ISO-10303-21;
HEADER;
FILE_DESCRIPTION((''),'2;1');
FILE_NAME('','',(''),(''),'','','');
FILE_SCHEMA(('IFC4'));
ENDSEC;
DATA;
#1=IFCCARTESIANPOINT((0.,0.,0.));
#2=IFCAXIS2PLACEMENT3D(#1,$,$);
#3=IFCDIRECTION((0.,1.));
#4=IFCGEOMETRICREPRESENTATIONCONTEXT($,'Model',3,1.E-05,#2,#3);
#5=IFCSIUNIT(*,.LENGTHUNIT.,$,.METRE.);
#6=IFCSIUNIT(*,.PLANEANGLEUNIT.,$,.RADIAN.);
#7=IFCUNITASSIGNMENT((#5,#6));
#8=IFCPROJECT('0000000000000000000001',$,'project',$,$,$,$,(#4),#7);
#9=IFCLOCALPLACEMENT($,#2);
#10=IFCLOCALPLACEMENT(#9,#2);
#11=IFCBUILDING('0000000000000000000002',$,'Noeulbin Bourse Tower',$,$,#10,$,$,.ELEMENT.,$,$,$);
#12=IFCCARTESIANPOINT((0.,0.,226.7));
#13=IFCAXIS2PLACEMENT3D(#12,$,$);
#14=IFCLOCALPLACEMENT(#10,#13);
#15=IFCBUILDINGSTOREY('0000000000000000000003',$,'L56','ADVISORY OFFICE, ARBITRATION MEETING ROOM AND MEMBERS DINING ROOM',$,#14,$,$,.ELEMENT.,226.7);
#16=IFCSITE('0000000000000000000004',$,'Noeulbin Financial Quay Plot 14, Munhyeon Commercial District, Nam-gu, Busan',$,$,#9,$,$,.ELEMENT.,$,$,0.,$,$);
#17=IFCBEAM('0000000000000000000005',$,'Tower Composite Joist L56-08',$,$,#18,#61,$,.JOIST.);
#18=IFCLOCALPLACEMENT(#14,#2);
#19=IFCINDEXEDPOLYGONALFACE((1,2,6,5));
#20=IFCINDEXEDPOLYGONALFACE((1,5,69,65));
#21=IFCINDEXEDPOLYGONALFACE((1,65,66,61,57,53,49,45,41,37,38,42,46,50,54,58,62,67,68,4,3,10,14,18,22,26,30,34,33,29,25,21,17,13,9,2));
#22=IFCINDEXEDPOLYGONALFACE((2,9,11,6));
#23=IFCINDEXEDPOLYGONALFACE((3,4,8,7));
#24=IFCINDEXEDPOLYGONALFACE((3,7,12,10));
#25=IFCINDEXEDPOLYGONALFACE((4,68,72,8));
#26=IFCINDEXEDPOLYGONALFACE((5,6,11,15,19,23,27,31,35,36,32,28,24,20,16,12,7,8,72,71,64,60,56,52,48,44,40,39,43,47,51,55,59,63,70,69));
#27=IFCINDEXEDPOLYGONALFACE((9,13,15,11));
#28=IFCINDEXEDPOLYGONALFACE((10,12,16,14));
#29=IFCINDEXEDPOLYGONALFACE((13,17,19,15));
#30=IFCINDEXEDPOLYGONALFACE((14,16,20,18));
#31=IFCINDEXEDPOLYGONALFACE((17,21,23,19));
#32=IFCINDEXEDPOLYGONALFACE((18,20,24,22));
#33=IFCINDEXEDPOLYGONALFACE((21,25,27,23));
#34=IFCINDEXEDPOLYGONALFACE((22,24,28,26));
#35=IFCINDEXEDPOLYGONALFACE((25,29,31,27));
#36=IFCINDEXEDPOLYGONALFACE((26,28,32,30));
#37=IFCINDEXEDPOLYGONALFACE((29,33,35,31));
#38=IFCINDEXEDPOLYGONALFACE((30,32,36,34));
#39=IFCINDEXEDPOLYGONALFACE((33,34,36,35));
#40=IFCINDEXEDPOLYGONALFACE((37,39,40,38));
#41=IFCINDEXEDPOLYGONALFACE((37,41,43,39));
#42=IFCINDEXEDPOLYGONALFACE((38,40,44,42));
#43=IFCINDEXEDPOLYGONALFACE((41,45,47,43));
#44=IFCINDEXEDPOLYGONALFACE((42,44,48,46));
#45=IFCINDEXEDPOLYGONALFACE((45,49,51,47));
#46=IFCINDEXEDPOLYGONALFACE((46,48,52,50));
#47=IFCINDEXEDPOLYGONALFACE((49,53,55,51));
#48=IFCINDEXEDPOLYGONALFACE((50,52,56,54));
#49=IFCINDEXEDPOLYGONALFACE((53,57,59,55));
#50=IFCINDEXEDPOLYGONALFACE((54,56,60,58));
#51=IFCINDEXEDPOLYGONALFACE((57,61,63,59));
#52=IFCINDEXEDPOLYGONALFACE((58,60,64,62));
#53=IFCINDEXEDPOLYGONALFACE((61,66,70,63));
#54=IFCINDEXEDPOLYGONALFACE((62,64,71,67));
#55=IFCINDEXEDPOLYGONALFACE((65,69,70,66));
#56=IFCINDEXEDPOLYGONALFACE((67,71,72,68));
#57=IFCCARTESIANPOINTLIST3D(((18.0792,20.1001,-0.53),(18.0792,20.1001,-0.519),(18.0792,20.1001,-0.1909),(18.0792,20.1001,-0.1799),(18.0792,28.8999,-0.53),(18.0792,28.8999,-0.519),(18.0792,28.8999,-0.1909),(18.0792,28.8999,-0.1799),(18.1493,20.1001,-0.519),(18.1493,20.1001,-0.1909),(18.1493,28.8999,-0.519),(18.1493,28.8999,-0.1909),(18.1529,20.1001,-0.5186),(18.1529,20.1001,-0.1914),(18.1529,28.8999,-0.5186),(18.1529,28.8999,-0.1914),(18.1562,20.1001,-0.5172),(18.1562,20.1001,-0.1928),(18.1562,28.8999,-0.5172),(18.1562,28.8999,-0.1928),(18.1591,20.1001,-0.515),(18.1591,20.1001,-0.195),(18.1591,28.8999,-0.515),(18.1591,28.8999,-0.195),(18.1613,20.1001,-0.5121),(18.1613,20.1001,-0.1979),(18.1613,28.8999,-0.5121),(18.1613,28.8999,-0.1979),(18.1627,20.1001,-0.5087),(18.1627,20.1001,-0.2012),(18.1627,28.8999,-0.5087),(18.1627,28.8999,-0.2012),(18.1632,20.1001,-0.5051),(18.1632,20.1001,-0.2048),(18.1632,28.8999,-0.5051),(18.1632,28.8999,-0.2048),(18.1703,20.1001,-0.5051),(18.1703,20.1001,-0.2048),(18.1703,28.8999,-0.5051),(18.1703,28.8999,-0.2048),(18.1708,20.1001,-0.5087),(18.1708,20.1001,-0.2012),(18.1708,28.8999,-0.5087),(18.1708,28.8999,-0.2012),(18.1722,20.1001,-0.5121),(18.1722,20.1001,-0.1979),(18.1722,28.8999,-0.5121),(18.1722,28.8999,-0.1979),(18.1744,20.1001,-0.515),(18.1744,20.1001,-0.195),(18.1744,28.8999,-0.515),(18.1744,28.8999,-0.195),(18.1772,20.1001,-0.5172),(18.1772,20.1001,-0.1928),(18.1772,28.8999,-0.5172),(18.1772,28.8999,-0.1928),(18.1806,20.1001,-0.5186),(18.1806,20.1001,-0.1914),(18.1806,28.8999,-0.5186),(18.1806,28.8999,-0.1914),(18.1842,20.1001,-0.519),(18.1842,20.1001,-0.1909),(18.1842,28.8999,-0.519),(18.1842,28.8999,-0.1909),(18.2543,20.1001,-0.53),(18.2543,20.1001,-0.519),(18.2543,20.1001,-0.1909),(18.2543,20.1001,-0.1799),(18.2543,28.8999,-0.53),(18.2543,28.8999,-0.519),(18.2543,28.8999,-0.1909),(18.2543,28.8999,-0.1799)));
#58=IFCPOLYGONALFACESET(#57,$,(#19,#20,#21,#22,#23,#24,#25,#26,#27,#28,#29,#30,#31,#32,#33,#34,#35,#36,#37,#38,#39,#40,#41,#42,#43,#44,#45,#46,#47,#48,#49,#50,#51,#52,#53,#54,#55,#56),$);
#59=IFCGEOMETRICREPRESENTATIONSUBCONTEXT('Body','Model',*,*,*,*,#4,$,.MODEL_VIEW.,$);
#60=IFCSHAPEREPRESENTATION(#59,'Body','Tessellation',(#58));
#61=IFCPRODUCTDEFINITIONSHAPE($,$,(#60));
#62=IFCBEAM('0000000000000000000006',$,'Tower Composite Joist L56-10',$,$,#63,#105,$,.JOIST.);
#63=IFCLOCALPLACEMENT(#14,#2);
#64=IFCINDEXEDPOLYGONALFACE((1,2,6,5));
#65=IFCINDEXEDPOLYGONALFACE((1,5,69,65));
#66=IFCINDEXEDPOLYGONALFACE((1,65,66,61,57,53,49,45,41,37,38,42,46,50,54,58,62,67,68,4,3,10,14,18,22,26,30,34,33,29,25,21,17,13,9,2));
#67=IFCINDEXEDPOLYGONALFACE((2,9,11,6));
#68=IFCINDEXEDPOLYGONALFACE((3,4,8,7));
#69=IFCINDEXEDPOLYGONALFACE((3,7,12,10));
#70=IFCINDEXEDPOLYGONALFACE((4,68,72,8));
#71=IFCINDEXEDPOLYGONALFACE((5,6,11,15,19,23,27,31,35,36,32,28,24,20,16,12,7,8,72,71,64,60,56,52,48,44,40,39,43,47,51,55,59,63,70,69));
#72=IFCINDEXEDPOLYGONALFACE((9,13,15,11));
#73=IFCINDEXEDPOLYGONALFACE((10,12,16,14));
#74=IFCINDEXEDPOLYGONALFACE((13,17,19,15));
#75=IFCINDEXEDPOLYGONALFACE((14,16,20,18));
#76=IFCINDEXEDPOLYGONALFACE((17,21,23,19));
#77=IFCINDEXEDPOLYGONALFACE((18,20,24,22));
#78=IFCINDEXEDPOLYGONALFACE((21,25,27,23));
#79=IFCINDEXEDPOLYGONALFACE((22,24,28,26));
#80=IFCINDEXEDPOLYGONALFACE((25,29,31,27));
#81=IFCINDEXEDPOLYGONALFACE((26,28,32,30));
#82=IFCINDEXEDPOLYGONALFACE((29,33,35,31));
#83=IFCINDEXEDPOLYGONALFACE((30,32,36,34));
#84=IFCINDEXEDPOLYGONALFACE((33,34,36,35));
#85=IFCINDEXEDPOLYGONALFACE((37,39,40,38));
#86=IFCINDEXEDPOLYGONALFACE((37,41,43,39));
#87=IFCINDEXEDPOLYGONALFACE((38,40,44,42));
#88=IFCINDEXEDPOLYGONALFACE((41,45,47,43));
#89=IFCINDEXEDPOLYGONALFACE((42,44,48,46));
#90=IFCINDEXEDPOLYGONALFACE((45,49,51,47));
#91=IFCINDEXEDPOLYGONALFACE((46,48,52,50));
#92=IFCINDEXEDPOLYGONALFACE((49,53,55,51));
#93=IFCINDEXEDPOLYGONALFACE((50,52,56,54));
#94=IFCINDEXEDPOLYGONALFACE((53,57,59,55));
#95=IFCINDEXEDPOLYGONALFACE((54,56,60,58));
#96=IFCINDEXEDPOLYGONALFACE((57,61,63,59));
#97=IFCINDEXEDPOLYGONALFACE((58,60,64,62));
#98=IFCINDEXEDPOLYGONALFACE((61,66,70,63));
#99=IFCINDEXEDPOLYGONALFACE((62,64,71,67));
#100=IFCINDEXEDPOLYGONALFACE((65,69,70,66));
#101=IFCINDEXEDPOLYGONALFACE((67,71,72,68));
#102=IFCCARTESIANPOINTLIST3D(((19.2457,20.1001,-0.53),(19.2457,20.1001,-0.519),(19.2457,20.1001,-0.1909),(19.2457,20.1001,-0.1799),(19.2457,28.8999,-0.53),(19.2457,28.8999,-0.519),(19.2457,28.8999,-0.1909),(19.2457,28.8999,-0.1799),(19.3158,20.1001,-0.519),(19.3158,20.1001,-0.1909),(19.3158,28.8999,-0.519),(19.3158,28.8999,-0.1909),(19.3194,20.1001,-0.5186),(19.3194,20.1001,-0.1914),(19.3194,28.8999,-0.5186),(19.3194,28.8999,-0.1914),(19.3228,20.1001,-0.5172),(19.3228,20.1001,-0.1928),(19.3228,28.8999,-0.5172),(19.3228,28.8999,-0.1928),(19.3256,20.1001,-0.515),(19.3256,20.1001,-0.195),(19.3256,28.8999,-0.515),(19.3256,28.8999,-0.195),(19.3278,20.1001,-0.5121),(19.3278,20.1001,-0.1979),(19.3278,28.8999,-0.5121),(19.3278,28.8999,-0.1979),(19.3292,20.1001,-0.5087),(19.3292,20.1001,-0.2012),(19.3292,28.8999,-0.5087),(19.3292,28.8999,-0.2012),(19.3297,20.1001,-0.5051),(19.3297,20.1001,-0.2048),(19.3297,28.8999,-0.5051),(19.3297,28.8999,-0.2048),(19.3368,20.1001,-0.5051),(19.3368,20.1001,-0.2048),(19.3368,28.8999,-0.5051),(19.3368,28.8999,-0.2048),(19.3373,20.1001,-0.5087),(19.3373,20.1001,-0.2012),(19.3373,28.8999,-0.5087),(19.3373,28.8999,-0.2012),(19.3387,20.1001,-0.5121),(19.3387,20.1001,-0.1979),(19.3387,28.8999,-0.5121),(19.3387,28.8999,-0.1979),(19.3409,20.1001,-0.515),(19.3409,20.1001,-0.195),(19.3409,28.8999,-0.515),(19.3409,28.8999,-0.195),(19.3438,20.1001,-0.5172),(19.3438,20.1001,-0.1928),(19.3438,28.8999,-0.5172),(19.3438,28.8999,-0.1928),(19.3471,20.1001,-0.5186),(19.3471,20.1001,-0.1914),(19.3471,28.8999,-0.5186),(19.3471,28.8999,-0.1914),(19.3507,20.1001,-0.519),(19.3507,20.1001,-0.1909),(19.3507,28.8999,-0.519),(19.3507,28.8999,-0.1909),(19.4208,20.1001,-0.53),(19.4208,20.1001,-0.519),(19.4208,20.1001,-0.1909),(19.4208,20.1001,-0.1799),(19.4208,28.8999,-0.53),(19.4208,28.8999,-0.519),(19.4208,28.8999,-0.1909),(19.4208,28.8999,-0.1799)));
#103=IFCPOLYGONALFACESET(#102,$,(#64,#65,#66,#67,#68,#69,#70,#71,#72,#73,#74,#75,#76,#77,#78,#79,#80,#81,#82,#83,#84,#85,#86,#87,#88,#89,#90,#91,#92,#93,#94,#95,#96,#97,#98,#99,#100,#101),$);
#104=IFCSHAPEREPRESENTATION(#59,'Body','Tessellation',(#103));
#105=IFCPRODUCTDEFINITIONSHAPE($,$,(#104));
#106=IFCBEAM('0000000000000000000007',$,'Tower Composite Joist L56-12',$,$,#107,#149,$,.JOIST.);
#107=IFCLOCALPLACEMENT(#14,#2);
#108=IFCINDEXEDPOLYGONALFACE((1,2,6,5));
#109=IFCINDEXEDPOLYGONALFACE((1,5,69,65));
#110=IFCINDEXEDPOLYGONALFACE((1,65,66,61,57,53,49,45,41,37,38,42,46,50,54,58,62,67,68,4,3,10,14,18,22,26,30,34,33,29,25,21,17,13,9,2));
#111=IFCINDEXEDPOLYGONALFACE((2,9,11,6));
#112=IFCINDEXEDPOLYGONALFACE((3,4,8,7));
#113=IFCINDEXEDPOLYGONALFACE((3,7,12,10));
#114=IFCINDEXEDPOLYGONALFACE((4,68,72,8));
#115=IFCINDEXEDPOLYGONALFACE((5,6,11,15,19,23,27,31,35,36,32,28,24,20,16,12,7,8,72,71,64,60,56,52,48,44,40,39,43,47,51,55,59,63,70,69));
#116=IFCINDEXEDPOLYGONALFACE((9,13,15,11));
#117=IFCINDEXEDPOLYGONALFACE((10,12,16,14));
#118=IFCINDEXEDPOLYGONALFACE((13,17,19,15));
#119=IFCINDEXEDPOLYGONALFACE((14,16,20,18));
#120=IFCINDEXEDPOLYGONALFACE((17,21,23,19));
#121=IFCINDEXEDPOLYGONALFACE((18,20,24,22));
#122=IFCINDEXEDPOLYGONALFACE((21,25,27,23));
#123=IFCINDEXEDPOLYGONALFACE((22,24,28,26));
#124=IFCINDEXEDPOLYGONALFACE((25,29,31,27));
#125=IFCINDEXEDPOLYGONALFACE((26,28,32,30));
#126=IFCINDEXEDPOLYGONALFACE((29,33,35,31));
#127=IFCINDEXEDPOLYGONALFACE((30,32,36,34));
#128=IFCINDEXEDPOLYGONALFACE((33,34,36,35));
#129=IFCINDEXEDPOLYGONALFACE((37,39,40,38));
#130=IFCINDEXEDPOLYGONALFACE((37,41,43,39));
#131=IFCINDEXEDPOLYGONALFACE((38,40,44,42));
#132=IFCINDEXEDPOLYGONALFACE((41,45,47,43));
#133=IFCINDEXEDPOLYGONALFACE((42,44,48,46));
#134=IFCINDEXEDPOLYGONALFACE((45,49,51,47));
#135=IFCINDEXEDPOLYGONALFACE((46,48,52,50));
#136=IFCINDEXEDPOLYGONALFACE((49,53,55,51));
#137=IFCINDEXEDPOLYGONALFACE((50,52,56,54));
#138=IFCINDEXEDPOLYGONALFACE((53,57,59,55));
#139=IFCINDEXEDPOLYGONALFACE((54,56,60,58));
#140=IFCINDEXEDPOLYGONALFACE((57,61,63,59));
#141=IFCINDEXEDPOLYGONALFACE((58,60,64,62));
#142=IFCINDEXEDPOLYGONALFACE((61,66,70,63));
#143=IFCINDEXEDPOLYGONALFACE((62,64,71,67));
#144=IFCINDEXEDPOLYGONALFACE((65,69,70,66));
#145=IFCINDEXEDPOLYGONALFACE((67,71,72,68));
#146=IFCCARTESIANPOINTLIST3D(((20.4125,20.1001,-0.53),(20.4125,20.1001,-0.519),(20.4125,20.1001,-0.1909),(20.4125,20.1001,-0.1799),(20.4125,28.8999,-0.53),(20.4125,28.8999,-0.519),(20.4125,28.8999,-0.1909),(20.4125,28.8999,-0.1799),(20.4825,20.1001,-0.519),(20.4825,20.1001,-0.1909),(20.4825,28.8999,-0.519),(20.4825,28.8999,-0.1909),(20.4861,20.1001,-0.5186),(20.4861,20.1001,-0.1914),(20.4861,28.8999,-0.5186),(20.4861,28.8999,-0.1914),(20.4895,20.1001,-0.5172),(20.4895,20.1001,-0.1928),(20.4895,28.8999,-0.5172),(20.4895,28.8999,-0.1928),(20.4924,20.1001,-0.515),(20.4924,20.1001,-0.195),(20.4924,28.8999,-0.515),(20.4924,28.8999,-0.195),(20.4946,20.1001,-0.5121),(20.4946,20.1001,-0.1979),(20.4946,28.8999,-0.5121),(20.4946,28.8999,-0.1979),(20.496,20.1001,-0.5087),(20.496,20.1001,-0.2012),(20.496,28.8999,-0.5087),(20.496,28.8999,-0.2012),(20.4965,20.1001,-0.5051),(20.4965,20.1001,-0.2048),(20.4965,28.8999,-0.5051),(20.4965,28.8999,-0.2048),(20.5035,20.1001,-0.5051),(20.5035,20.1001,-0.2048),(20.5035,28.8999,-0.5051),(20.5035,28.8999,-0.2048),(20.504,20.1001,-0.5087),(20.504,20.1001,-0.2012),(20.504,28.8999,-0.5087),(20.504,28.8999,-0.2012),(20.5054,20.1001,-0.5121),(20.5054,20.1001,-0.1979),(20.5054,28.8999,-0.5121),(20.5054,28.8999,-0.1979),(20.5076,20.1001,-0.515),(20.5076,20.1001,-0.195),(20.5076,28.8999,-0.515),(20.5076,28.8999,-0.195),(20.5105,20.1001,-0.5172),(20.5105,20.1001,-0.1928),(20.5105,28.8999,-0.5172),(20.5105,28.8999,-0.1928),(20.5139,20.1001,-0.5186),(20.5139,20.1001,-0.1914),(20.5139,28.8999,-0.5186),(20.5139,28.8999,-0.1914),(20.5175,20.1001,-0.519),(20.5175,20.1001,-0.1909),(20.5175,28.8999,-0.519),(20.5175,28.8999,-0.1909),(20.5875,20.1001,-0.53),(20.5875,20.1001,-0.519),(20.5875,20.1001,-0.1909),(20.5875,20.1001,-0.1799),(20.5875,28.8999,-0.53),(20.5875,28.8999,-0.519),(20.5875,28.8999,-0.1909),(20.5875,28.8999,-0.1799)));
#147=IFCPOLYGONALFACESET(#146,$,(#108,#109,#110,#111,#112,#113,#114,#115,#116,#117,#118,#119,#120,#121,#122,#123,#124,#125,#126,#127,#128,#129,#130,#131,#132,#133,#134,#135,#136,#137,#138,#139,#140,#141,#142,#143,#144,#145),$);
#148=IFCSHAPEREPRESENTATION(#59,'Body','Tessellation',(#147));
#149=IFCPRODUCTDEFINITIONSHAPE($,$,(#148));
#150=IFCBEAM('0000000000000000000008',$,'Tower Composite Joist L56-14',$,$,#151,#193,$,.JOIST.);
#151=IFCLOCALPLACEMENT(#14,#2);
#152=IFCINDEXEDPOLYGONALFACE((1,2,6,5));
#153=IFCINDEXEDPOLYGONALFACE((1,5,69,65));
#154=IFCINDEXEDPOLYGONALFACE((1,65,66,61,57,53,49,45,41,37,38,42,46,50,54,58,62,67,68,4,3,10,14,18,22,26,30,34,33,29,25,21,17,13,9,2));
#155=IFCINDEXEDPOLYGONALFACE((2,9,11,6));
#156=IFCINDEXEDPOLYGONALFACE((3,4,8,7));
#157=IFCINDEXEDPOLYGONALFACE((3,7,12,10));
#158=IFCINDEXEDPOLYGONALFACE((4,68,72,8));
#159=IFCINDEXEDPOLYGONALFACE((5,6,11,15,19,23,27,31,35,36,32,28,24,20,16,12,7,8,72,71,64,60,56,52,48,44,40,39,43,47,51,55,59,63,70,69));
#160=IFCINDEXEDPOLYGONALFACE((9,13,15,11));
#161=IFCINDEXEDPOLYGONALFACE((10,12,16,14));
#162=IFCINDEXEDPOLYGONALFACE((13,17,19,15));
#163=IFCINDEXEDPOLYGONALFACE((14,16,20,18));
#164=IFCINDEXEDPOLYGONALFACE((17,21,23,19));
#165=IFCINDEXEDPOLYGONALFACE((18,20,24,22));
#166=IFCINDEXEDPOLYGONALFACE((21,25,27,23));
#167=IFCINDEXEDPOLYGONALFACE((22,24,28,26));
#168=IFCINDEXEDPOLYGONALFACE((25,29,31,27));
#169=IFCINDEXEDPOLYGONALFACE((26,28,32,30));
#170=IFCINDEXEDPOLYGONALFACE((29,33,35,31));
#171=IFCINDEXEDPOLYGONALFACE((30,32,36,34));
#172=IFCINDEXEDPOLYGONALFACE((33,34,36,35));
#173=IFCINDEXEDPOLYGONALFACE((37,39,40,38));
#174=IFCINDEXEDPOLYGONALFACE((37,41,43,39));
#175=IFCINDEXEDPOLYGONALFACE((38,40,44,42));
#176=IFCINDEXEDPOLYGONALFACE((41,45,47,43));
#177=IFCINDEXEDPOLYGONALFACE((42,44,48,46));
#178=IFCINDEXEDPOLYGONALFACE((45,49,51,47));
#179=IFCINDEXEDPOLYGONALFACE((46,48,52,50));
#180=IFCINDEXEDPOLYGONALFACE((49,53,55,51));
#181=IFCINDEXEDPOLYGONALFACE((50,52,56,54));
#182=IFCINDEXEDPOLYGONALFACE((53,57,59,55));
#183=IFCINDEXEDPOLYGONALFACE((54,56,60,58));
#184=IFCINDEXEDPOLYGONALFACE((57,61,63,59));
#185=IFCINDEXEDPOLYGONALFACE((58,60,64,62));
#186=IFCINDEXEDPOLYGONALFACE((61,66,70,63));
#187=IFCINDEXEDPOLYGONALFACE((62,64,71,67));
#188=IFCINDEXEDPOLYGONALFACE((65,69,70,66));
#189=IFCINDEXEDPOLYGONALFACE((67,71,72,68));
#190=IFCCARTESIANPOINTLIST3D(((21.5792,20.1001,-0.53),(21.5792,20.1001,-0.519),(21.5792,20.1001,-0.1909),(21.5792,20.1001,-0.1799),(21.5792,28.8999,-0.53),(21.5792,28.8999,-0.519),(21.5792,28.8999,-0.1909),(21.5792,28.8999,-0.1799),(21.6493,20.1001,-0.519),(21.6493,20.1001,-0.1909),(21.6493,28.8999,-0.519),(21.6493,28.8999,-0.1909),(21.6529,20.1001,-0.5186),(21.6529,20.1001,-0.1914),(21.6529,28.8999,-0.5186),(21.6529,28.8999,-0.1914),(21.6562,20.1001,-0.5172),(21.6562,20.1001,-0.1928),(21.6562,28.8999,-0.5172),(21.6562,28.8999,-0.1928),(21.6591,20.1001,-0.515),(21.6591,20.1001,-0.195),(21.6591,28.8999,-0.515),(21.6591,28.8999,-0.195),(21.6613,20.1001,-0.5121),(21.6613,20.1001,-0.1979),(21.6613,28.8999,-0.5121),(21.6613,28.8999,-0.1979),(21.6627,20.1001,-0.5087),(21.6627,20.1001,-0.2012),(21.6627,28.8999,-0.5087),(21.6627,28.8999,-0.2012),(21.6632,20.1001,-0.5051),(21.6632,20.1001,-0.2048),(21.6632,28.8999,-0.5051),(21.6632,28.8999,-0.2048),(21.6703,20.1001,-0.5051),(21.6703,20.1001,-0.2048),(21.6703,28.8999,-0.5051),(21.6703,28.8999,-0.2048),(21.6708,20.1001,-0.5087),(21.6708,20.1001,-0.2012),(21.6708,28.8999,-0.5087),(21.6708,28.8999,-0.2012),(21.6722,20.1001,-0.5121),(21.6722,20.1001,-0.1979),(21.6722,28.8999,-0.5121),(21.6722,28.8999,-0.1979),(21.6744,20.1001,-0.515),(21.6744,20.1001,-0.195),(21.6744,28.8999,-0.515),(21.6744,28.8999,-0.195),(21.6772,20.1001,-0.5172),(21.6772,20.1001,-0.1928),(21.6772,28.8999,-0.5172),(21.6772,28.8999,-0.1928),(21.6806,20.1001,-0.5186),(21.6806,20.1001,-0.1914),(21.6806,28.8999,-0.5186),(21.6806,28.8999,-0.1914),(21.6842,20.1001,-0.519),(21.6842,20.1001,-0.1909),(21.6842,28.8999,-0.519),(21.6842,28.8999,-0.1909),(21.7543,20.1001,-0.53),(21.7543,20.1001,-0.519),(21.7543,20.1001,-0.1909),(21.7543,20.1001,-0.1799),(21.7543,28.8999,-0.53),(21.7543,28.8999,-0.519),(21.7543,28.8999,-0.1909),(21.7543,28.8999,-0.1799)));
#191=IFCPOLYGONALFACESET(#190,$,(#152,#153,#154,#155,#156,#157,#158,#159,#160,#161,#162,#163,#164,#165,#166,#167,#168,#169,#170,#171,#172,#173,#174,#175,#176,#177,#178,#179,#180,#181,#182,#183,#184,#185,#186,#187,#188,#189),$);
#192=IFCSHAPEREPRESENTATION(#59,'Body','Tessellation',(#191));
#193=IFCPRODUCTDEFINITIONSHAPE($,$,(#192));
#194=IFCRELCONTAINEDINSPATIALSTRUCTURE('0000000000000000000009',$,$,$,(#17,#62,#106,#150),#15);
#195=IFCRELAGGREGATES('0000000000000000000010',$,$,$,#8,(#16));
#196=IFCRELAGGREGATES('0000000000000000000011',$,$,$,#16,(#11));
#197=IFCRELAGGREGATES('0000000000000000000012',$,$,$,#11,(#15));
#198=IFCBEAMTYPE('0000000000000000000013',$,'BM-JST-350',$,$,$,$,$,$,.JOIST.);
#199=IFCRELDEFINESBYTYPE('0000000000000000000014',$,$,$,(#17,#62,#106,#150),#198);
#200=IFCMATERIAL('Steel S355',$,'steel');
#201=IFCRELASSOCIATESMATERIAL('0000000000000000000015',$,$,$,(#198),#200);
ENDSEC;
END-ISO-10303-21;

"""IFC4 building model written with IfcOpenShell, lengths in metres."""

from ifc_helpers import new_model, si_unit, direction, frame, origin, origin_2d, place, context, subcontext, project, spatial, i_section, extrude, material, material_profile, profile_set, type_object, element, save


model = new_model("IFC4")

# Units and contexts
model_context = context("Model", 3, precision=1e-05, world=origin(), true_north=direction((0.0, 1.0)))
body_context = subcontext(model_context, "Body", "Model", "MODEL_VIEW")
ifc_project = project(units=[si_unit("LENGTHUNIT", "METRE"), si_unit("PLANEANGLEUNIT", "RADIAN")], contexts=[model_context])

# Site, building, storey
site_placement = place(None, origin())
site = spatial("IfcSite", under=ifc_project, at=site_placement, Name="Noeulbin Financial Quay Plot 14, Munhyeon Commercial District, Nam-gu, Busan", CompositionType="ELEMENT", RefElevation=0.0)
building_placement = place(site_placement, origin())
building = spatial("IfcBuilding", under=site, at=building_placement, Name="Noeulbin Bourse Tower", CompositionType="ELEMENT")
storey_placement = place(building_placement, frame((0.0, 0.0, 226.7)))
storey = spatial("IfcBuildingStorey", under=building, at=storey_placement, Name="L56", Description="ADVISORY OFFICE, ARBITRATION MEETING ROOM AND MEMBERS DINING ROOM", CompositionType="ELEMENT", Elevation=226.7)

# Shared definitions
ifc_material_1 = material(Name="Steel S355", Category="steel")

# Beams
ifc_material_profile_1 = material_profile(ifc_material_1, i_section(OverallWidth=0.175, OverallDepth=0.3501, WebThickness=0.0071, FlangeThickness=0.011, FilletRadius=0.0139, at=origin_2d()), Name="H-350x175x7x11", Category="LoadBearing")
ifc_profile_set_1 = profile_set([ifc_material_profile_1], Name="Steel S355")
beam_type = type_object("IfcBeamType", Name="BM-JST-350", PredefinedType="JOIST", material=ifc_profile_set_1)
for number, where, z_axis, x_axis, name in (
    (1, (18.1667, 20.1001, -0.355), (0.0, 1.0, 0.0), (-1.0, 0.0, 0.0), "Tower Composite Joist L56-08"),
    (2, (19.3333, 20.1001, -0.355), (0.0, 1.0, 0.0), (-1.0, 0.0, 0.0), "Tower Composite Joist L56-10"),
    (3, (20.5, 20.1001, -0.355), (0.0, 1.0, 0.0), (-1.0, 0.0, 0.0), "Tower Composite Joist L56-12"),
    (4, (21.6667, 20.1001, -0.355), (0.0, 1.0, 0.0), (-1.0, 0.0, 0.0), "Tower Composite Joist L56-14"),
):
    element("IfcBeam", number, at=place(storey_placement, frame(where, z_axis=z_axis, x_axis=x_axis)), inside=storey, type_object=beam_type, Name=name, PredefinedType="JOIST", context=body_context, shape_type="SweptSolid", body=[
        extrude(i_section(OverallWidth=0.175, OverallDepth=0.3501, WebThickness=0.0071, FlangeThickness=0.011, FilletRadius=0.0139, at=origin_2d()), origin(), (0.0, 0.0, 1.0), 8.7998),
    ])

save(model, "model.ifc")
